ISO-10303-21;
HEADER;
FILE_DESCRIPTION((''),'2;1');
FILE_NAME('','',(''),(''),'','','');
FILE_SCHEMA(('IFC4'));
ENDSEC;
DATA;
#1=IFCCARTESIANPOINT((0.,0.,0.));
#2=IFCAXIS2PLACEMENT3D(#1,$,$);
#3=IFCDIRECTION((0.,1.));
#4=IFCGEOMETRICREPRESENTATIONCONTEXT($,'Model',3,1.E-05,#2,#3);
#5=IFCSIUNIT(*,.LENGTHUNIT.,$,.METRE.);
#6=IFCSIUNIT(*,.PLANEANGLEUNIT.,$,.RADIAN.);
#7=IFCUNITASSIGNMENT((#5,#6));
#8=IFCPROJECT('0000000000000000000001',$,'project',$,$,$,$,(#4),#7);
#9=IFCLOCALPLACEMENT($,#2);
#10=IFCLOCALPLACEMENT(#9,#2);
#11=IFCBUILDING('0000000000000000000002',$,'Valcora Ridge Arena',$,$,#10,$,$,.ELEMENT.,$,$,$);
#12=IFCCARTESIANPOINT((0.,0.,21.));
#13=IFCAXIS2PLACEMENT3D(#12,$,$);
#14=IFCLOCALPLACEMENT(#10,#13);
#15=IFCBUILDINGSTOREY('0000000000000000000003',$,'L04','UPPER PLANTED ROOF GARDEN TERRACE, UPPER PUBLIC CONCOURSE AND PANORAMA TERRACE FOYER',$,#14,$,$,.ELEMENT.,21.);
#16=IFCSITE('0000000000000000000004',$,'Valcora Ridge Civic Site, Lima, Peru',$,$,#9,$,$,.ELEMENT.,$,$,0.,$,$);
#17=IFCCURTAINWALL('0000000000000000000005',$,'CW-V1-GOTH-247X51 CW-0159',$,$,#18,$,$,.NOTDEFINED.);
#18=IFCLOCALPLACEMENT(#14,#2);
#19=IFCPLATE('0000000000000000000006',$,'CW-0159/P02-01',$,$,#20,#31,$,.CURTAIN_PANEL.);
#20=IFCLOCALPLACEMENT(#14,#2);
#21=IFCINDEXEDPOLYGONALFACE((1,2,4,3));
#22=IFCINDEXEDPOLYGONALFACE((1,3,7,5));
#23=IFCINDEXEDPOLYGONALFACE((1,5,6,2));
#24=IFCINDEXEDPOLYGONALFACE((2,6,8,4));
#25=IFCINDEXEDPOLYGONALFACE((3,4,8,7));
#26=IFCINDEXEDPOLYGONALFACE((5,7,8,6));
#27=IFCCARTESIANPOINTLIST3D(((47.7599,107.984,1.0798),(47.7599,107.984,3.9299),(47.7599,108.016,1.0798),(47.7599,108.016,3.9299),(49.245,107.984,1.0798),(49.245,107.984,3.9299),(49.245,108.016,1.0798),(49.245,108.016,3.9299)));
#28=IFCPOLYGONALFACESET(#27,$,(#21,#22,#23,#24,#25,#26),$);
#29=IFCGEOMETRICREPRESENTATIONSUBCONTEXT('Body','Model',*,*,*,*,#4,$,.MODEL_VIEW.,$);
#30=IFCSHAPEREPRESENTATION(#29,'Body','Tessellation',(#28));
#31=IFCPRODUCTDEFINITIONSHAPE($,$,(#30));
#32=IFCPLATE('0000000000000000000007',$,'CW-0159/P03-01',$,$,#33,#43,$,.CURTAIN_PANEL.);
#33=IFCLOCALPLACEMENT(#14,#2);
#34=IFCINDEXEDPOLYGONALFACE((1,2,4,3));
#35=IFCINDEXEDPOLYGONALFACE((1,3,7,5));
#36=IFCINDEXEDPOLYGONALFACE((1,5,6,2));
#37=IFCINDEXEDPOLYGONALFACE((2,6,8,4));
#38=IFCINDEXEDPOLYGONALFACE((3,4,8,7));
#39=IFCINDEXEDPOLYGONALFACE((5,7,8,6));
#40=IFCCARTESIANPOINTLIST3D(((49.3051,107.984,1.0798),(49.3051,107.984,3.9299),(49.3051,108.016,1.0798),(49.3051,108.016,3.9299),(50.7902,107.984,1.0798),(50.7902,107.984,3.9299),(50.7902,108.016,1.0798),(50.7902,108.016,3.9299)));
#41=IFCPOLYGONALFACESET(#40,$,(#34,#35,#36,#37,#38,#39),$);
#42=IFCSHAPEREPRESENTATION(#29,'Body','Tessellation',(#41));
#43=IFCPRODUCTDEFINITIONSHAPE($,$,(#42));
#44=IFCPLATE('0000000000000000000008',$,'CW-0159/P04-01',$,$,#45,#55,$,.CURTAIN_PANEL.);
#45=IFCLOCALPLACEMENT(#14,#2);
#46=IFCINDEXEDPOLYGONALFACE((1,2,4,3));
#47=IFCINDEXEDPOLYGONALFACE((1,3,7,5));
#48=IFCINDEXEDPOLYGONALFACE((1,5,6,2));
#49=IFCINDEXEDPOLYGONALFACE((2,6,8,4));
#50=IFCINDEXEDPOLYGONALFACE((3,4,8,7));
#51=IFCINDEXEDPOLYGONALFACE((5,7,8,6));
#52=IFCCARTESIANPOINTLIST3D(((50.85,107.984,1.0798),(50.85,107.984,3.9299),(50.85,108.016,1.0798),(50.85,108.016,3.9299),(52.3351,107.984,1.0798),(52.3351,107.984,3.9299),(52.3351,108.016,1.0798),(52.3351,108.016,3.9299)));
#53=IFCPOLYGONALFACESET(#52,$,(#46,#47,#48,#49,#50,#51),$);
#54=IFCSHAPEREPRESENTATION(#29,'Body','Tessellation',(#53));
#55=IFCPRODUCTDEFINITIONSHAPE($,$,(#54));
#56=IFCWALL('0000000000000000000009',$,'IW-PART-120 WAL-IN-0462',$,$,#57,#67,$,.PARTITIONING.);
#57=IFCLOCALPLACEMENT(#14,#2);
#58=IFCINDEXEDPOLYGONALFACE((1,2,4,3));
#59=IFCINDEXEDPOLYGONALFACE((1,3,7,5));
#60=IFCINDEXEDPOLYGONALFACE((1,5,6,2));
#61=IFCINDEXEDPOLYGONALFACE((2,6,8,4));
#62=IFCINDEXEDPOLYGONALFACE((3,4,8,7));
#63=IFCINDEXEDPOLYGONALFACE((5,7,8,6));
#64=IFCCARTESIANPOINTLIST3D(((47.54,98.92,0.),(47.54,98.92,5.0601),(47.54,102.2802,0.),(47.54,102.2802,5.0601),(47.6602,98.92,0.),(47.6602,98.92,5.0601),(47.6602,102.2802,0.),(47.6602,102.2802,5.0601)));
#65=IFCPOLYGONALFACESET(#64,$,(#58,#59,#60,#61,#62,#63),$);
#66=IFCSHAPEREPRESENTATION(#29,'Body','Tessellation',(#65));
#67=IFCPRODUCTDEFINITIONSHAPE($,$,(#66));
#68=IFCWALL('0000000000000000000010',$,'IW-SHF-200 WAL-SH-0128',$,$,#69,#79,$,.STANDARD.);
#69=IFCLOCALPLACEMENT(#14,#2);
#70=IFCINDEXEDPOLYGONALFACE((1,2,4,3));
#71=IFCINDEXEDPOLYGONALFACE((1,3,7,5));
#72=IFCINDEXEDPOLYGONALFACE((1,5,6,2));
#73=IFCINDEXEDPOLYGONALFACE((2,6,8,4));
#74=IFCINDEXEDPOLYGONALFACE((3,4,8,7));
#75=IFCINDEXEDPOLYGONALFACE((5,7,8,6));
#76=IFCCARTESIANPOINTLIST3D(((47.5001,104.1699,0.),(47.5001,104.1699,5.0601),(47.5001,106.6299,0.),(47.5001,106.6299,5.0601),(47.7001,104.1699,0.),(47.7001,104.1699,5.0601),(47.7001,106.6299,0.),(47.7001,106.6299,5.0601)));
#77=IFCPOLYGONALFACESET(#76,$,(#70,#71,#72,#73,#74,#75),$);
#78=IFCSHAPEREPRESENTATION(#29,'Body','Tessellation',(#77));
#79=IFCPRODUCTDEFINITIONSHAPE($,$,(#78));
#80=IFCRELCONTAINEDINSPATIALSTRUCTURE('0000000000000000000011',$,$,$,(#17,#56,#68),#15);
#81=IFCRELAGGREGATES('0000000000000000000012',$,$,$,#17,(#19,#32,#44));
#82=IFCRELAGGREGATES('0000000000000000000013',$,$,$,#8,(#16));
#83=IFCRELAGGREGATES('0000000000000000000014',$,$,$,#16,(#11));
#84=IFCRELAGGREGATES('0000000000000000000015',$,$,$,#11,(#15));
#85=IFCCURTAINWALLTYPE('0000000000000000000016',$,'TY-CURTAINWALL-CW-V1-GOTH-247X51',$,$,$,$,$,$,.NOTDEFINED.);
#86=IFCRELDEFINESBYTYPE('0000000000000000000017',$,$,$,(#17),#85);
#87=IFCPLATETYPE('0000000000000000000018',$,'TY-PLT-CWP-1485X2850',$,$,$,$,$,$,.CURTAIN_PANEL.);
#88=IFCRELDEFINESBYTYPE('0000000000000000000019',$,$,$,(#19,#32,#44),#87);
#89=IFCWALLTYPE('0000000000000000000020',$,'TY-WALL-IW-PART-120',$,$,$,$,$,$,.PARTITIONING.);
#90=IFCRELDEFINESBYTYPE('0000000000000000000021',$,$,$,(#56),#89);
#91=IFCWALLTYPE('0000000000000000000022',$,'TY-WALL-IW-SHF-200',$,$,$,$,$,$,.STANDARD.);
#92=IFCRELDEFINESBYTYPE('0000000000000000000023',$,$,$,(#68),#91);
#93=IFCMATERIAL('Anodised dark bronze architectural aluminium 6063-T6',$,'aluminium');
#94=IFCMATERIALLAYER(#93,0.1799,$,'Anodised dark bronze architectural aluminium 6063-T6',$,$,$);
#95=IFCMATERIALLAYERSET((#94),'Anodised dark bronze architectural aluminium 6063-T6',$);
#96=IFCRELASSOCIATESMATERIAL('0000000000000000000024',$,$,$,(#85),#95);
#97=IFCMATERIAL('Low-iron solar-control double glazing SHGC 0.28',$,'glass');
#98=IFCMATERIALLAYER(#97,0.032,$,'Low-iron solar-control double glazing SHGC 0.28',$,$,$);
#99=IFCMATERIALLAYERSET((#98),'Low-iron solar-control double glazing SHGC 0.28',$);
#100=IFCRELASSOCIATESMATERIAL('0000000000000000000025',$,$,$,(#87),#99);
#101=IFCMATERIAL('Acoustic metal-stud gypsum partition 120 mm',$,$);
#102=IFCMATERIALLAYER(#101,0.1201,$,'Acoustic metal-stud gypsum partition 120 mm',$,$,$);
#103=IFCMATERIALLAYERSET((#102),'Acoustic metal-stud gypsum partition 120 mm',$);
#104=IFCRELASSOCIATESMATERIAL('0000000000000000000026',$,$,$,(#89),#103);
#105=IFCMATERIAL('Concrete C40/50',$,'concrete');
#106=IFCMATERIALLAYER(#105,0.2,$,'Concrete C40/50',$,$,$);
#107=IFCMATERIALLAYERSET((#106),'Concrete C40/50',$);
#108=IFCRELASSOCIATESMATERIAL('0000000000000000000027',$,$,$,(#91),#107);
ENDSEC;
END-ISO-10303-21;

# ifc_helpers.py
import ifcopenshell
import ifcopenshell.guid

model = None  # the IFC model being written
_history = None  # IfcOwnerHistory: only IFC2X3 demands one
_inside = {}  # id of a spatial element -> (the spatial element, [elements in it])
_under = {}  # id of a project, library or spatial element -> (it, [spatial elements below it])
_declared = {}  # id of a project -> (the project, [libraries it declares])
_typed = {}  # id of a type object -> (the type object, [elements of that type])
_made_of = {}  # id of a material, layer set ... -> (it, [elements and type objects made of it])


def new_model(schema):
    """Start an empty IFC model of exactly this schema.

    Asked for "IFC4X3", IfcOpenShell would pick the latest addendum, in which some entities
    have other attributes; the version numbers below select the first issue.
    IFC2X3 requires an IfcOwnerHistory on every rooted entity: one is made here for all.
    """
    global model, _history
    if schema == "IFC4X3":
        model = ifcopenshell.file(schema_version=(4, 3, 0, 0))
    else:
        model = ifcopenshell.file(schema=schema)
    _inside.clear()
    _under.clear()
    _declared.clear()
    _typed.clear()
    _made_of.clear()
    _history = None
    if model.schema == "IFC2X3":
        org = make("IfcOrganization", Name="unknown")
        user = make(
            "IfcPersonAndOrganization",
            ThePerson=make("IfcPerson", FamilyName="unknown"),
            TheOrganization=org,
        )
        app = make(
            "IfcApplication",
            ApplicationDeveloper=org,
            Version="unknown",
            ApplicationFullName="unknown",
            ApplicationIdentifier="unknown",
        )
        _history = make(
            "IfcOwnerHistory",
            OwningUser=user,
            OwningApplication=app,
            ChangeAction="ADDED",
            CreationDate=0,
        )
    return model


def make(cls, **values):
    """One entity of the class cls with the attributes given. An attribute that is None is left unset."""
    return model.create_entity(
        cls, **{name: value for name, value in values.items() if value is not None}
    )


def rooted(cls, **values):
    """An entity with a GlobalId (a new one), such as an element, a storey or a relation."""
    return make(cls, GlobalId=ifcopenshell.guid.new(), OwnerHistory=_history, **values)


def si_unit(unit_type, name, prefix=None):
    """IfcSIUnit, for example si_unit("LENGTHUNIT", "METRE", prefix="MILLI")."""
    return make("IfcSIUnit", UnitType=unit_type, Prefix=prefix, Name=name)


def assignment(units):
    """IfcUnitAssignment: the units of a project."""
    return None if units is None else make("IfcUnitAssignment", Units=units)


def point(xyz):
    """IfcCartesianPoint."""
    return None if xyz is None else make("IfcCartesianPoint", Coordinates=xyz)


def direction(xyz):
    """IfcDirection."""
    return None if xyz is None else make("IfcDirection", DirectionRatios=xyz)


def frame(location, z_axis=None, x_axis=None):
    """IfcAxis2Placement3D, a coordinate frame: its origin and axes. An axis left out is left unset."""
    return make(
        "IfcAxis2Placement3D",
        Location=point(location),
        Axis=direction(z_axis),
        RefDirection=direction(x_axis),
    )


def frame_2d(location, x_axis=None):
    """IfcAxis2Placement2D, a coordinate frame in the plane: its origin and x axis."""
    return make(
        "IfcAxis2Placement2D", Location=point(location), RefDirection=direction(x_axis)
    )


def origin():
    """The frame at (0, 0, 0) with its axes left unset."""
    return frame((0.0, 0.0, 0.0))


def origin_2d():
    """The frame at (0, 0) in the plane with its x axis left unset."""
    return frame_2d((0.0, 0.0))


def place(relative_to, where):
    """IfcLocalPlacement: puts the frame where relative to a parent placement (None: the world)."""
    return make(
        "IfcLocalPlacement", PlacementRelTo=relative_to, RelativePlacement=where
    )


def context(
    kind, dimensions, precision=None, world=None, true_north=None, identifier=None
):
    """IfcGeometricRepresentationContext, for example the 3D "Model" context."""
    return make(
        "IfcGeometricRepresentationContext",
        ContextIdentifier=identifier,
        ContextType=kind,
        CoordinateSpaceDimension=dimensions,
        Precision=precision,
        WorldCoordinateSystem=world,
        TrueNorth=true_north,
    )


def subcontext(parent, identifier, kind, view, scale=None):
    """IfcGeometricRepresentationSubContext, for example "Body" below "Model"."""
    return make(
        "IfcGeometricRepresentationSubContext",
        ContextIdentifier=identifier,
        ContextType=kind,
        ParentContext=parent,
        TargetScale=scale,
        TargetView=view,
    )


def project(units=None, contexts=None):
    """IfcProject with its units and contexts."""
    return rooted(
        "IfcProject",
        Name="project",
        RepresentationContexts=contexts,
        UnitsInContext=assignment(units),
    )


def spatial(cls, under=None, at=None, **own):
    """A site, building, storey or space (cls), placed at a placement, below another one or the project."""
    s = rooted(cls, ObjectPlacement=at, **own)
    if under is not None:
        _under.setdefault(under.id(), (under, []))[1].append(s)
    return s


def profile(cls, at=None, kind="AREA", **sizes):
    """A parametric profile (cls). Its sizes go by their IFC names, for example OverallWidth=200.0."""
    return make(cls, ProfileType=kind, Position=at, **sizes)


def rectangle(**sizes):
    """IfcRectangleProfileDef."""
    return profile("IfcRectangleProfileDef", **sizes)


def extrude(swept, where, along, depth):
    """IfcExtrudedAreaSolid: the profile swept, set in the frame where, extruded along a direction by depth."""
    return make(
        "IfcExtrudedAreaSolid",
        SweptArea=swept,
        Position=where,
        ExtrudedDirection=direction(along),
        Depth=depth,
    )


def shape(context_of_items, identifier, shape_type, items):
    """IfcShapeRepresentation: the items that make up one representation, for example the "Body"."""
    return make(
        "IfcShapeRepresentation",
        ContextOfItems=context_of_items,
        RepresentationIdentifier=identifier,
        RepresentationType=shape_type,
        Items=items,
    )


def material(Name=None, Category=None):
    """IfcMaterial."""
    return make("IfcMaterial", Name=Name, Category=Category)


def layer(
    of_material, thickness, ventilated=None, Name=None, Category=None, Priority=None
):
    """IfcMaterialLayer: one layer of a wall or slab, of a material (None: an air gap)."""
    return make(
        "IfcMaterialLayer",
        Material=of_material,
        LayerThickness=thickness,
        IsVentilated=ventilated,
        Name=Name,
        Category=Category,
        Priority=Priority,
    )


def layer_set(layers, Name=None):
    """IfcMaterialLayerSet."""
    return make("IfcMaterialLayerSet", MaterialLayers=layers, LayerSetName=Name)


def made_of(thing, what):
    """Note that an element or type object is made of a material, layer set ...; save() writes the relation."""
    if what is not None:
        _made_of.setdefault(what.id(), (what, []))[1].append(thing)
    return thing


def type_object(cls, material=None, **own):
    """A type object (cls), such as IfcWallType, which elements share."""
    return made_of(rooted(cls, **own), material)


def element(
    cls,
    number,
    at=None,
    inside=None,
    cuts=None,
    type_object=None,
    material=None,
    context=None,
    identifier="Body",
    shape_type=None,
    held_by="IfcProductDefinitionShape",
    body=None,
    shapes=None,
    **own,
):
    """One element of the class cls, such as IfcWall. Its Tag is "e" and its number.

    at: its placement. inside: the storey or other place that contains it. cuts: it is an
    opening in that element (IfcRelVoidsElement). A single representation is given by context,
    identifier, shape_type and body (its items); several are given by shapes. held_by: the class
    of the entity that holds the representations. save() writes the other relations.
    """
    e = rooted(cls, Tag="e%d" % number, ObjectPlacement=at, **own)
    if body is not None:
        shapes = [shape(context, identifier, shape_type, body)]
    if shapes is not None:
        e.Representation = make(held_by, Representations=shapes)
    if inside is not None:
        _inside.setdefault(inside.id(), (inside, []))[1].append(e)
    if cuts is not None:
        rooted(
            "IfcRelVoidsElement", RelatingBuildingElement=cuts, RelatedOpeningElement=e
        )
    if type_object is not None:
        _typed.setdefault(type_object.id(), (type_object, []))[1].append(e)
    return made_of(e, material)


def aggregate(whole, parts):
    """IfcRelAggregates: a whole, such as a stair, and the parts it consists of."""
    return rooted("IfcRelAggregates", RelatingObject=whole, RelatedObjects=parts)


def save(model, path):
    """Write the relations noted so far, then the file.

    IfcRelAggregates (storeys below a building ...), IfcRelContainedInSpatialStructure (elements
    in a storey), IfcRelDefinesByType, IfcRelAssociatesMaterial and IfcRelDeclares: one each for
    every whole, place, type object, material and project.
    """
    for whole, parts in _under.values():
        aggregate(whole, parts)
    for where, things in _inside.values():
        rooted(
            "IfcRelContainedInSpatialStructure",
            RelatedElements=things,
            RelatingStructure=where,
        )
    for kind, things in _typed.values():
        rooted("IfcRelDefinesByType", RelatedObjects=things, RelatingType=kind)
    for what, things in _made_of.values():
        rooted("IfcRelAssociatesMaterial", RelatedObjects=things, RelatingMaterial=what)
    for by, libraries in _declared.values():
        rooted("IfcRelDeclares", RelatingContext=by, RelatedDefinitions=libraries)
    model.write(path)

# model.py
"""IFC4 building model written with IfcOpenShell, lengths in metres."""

from ifc_helpers import new_model, si_unit, direction, frame, frame_2d, origin, origin_2d, place, context, subcontext, project, spatial, rectangle, extrude, material, layer, layer_set, type_object, element, aggregate, save


model = new_model("IFC4")

# Units and contexts
model_context = context("Model", 3, precision=1e-05, world=origin(), true_north=direction((0.0, 1.0)))
body_context = subcontext(model_context, "Body", "Model", "MODEL_VIEW")
ifc_project = project(units=[si_unit("LENGTHUNIT", "METRE"), si_unit("PLANEANGLEUNIT", "RADIAN")], contexts=[model_context])

# Site, building, storey
site_placement = place(None, origin())
site = spatial("IfcSite", under=ifc_project, at=site_placement, Name="Valcora Ridge Civic Site, Lima, Peru", CompositionType="ELEMENT", RefElevation=0.0)
building_placement = place(site_placement, origin())
building = spatial("IfcBuilding", under=site, at=building_placement, Name="Valcora Ridge Arena", CompositionType="ELEMENT")
storey_placement = place(building_placement, frame((0.0, 0.0, 21.0)))
storey = spatial("IfcBuildingStorey", under=building, at=storey_placement, Name="L04", Description="UPPER PLANTED ROOF GARDEN TERRACE, UPPER PUBLIC CONCOURSE AND PANORAMA TERRACE FOYER", CompositionType="ELEMENT", Elevation=21.0)

# Shared definitions
ifc_material_1 = material(Name="Concrete C40/50", Category="concrete")

# Curtain wall, plates
ifc_material_2 = material(Name="Anodised dark bronze architectural aluminium 6063-T6", Category="aluminium")
ifc_layer_1 = layer(ifc_material_2, 0.1799, Name="Anodised dark bronze architectural aluminium 6063-T6")
ifc_layer_set_1 = layer_set([ifc_layer_1], Name="Anodised dark bronze architectural aluminium 6063-T6")
curtain_wall_type = type_object("IfcCurtainWallType", Name="TY-CURTAINWALL-CW-V1-GOTH-247X51", PredefinedType="NOTDEFINED", material=ifc_layer_set_1)
curtain_wall_placement = place(storey_placement, origin())
curtain_wall = element("IfcCurtainWall", 1, at=curtain_wall_placement, inside=storey, type_object=curtain_wall_type, Name="CW-V1-GOTH-247X51 CW-0159", PredefinedType="NOTDEFINED")
ifc_material_3 = material(Name="Low-iron solar-control double glazing SHGC 0.28", Category="glass")
ifc_layer_2 = layer(ifc_material_3, 0.032, Name="Low-iron solar-control double glazing SHGC 0.28")
ifc_layer_set_2 = layer_set([ifc_layer_2], Name="Low-iron solar-control double glazing SHGC 0.28")
plate_type_1 = type_object("IfcPlateType", Name="TY-PLT-CWP-1485X2850", PredefinedType="CURTAIN_PANEL", material=ifc_layer_set_2)
plate_1_placement = place(storey_placement, frame((48.5024, 108.0, 1.0798), z_axis=(0.0, 0.0, 1.0), x_axis=(1.0, 0.0, 0.0)))
plate_1 = element("IfcPlate", 2, at=plate_1_placement, type_object=plate_type_1, Name="CW-0159/P02-01", PredefinedType="CURTAIN_PANEL", context=body_context, shape_type="SweptSolid", body=[
    extrude(rectangle(XDim=1.4851, YDim=0.032, at=origin_2d()), origin(), (0.0, 0.0, 1.0), 2.8501),
])
plate_2_placement = place(storey_placement, frame((50.0476, 108.0, 1.0798), z_axis=(0.0, 0.0, 1.0), x_axis=(1.0, 0.0, 0.0)))
plate_2 = element("IfcPlate", 3, at=plate_2_placement, type_object=plate_type_1, Name="CW-0159/P03-01", PredefinedType="CURTAIN_PANEL", context=body_context, shape_type="SweptSolid", body=[
    extrude(rectangle(XDim=1.4851, YDim=0.032, at=origin_2d()), origin(), (0.0, 0.0, 1.0), 2.8501),
])
plate_3_placement = place(storey_placement, frame((51.5925, 108.0, 1.0798), z_axis=(0.0, 0.0, 1.0), x_axis=(1.0, 0.0, 0.0)))
plate_3 = element("IfcPlate", 4, at=plate_3_placement, type_object=plate_type_1, Name="CW-0159/P04-01", PredefinedType="CURTAIN_PANEL", context=body_context, shape_type="SweptSolid", body=[
    extrude(rectangle(XDim=1.4851, YDim=0.032, at=origin_2d()), origin(), (0.0, 0.0, 1.0), 2.8501),
])
aggregate(curtain_wall, [plate_1, plate_2, plate_3])

# Walls
ifc_material_4 = material(Name="Acoustic metal-stud gypsum partition 120 mm")
ifc_layer_3 = layer(ifc_material_4, 0.1201, Name="Acoustic metal-stud gypsum partition 120 mm")
ifc_layer_set_3 = layer_set([ifc_layer_3], Name="Acoustic metal-stud gypsum partition 120 mm")
wall_type_1 = type_object("IfcWallType", Name="TY-WALL-IW-PART-120", PredefinedType="PARTITIONING", material=ifc_layer_set_3)
wall_1_placement = place(storey_placement, frame((47.6001, 98.9199, 0.0), z_axis=(0.0, 0.0, 1.0), x_axis=(0.0, 1.0, 0.0)))
element("IfcWall", 5, at=wall_1_placement, inside=storey, type_object=wall_type_1, Name="IW-PART-120 WAL-IN-0462", PredefinedType="PARTITIONING", context=body_context, shape_type="SweptSolid", body=[
    extrude(rectangle(XDim=3.3601, YDim=0.1201, at=frame_2d((1.6802, 0.0))), origin(), (0.0, 0.0, 1.0), 5.0601),
])
ifc_layer_4 = layer(ifc_material_1, 0.2, Name="Concrete C40/50")
ifc_layer_set_4 = layer_set([ifc_layer_4], Name="Concrete C40/50")
wall_type_2 = type_object("IfcWallType", Name="TY-WALL-IW-SHF-200", PredefinedType="STANDARD", material=ifc_layer_set_4)
wall_2_placement = place(storey_placement, frame((47.6001, 104.1699, 0.0), z_axis=(0.0, 0.0, 1.0), x_axis=(0.0, 1.0, 0.0)))
element("IfcWall", 6, at=wall_2_placement, inside=storey, type_object=wall_type_2, Name="IW-SHF-200 WAL-SH-0128", PredefinedType="STANDARD", context=body_context, shape_type="SweptSolid", body=[
    extrude(rectangle(XDim=2.46, YDim=0.2, at=frame_2d((1.23, 0.0))), origin(), (0.0, 0.0, 1.0), 5.0601),
])

save(model, "model.ifc")
